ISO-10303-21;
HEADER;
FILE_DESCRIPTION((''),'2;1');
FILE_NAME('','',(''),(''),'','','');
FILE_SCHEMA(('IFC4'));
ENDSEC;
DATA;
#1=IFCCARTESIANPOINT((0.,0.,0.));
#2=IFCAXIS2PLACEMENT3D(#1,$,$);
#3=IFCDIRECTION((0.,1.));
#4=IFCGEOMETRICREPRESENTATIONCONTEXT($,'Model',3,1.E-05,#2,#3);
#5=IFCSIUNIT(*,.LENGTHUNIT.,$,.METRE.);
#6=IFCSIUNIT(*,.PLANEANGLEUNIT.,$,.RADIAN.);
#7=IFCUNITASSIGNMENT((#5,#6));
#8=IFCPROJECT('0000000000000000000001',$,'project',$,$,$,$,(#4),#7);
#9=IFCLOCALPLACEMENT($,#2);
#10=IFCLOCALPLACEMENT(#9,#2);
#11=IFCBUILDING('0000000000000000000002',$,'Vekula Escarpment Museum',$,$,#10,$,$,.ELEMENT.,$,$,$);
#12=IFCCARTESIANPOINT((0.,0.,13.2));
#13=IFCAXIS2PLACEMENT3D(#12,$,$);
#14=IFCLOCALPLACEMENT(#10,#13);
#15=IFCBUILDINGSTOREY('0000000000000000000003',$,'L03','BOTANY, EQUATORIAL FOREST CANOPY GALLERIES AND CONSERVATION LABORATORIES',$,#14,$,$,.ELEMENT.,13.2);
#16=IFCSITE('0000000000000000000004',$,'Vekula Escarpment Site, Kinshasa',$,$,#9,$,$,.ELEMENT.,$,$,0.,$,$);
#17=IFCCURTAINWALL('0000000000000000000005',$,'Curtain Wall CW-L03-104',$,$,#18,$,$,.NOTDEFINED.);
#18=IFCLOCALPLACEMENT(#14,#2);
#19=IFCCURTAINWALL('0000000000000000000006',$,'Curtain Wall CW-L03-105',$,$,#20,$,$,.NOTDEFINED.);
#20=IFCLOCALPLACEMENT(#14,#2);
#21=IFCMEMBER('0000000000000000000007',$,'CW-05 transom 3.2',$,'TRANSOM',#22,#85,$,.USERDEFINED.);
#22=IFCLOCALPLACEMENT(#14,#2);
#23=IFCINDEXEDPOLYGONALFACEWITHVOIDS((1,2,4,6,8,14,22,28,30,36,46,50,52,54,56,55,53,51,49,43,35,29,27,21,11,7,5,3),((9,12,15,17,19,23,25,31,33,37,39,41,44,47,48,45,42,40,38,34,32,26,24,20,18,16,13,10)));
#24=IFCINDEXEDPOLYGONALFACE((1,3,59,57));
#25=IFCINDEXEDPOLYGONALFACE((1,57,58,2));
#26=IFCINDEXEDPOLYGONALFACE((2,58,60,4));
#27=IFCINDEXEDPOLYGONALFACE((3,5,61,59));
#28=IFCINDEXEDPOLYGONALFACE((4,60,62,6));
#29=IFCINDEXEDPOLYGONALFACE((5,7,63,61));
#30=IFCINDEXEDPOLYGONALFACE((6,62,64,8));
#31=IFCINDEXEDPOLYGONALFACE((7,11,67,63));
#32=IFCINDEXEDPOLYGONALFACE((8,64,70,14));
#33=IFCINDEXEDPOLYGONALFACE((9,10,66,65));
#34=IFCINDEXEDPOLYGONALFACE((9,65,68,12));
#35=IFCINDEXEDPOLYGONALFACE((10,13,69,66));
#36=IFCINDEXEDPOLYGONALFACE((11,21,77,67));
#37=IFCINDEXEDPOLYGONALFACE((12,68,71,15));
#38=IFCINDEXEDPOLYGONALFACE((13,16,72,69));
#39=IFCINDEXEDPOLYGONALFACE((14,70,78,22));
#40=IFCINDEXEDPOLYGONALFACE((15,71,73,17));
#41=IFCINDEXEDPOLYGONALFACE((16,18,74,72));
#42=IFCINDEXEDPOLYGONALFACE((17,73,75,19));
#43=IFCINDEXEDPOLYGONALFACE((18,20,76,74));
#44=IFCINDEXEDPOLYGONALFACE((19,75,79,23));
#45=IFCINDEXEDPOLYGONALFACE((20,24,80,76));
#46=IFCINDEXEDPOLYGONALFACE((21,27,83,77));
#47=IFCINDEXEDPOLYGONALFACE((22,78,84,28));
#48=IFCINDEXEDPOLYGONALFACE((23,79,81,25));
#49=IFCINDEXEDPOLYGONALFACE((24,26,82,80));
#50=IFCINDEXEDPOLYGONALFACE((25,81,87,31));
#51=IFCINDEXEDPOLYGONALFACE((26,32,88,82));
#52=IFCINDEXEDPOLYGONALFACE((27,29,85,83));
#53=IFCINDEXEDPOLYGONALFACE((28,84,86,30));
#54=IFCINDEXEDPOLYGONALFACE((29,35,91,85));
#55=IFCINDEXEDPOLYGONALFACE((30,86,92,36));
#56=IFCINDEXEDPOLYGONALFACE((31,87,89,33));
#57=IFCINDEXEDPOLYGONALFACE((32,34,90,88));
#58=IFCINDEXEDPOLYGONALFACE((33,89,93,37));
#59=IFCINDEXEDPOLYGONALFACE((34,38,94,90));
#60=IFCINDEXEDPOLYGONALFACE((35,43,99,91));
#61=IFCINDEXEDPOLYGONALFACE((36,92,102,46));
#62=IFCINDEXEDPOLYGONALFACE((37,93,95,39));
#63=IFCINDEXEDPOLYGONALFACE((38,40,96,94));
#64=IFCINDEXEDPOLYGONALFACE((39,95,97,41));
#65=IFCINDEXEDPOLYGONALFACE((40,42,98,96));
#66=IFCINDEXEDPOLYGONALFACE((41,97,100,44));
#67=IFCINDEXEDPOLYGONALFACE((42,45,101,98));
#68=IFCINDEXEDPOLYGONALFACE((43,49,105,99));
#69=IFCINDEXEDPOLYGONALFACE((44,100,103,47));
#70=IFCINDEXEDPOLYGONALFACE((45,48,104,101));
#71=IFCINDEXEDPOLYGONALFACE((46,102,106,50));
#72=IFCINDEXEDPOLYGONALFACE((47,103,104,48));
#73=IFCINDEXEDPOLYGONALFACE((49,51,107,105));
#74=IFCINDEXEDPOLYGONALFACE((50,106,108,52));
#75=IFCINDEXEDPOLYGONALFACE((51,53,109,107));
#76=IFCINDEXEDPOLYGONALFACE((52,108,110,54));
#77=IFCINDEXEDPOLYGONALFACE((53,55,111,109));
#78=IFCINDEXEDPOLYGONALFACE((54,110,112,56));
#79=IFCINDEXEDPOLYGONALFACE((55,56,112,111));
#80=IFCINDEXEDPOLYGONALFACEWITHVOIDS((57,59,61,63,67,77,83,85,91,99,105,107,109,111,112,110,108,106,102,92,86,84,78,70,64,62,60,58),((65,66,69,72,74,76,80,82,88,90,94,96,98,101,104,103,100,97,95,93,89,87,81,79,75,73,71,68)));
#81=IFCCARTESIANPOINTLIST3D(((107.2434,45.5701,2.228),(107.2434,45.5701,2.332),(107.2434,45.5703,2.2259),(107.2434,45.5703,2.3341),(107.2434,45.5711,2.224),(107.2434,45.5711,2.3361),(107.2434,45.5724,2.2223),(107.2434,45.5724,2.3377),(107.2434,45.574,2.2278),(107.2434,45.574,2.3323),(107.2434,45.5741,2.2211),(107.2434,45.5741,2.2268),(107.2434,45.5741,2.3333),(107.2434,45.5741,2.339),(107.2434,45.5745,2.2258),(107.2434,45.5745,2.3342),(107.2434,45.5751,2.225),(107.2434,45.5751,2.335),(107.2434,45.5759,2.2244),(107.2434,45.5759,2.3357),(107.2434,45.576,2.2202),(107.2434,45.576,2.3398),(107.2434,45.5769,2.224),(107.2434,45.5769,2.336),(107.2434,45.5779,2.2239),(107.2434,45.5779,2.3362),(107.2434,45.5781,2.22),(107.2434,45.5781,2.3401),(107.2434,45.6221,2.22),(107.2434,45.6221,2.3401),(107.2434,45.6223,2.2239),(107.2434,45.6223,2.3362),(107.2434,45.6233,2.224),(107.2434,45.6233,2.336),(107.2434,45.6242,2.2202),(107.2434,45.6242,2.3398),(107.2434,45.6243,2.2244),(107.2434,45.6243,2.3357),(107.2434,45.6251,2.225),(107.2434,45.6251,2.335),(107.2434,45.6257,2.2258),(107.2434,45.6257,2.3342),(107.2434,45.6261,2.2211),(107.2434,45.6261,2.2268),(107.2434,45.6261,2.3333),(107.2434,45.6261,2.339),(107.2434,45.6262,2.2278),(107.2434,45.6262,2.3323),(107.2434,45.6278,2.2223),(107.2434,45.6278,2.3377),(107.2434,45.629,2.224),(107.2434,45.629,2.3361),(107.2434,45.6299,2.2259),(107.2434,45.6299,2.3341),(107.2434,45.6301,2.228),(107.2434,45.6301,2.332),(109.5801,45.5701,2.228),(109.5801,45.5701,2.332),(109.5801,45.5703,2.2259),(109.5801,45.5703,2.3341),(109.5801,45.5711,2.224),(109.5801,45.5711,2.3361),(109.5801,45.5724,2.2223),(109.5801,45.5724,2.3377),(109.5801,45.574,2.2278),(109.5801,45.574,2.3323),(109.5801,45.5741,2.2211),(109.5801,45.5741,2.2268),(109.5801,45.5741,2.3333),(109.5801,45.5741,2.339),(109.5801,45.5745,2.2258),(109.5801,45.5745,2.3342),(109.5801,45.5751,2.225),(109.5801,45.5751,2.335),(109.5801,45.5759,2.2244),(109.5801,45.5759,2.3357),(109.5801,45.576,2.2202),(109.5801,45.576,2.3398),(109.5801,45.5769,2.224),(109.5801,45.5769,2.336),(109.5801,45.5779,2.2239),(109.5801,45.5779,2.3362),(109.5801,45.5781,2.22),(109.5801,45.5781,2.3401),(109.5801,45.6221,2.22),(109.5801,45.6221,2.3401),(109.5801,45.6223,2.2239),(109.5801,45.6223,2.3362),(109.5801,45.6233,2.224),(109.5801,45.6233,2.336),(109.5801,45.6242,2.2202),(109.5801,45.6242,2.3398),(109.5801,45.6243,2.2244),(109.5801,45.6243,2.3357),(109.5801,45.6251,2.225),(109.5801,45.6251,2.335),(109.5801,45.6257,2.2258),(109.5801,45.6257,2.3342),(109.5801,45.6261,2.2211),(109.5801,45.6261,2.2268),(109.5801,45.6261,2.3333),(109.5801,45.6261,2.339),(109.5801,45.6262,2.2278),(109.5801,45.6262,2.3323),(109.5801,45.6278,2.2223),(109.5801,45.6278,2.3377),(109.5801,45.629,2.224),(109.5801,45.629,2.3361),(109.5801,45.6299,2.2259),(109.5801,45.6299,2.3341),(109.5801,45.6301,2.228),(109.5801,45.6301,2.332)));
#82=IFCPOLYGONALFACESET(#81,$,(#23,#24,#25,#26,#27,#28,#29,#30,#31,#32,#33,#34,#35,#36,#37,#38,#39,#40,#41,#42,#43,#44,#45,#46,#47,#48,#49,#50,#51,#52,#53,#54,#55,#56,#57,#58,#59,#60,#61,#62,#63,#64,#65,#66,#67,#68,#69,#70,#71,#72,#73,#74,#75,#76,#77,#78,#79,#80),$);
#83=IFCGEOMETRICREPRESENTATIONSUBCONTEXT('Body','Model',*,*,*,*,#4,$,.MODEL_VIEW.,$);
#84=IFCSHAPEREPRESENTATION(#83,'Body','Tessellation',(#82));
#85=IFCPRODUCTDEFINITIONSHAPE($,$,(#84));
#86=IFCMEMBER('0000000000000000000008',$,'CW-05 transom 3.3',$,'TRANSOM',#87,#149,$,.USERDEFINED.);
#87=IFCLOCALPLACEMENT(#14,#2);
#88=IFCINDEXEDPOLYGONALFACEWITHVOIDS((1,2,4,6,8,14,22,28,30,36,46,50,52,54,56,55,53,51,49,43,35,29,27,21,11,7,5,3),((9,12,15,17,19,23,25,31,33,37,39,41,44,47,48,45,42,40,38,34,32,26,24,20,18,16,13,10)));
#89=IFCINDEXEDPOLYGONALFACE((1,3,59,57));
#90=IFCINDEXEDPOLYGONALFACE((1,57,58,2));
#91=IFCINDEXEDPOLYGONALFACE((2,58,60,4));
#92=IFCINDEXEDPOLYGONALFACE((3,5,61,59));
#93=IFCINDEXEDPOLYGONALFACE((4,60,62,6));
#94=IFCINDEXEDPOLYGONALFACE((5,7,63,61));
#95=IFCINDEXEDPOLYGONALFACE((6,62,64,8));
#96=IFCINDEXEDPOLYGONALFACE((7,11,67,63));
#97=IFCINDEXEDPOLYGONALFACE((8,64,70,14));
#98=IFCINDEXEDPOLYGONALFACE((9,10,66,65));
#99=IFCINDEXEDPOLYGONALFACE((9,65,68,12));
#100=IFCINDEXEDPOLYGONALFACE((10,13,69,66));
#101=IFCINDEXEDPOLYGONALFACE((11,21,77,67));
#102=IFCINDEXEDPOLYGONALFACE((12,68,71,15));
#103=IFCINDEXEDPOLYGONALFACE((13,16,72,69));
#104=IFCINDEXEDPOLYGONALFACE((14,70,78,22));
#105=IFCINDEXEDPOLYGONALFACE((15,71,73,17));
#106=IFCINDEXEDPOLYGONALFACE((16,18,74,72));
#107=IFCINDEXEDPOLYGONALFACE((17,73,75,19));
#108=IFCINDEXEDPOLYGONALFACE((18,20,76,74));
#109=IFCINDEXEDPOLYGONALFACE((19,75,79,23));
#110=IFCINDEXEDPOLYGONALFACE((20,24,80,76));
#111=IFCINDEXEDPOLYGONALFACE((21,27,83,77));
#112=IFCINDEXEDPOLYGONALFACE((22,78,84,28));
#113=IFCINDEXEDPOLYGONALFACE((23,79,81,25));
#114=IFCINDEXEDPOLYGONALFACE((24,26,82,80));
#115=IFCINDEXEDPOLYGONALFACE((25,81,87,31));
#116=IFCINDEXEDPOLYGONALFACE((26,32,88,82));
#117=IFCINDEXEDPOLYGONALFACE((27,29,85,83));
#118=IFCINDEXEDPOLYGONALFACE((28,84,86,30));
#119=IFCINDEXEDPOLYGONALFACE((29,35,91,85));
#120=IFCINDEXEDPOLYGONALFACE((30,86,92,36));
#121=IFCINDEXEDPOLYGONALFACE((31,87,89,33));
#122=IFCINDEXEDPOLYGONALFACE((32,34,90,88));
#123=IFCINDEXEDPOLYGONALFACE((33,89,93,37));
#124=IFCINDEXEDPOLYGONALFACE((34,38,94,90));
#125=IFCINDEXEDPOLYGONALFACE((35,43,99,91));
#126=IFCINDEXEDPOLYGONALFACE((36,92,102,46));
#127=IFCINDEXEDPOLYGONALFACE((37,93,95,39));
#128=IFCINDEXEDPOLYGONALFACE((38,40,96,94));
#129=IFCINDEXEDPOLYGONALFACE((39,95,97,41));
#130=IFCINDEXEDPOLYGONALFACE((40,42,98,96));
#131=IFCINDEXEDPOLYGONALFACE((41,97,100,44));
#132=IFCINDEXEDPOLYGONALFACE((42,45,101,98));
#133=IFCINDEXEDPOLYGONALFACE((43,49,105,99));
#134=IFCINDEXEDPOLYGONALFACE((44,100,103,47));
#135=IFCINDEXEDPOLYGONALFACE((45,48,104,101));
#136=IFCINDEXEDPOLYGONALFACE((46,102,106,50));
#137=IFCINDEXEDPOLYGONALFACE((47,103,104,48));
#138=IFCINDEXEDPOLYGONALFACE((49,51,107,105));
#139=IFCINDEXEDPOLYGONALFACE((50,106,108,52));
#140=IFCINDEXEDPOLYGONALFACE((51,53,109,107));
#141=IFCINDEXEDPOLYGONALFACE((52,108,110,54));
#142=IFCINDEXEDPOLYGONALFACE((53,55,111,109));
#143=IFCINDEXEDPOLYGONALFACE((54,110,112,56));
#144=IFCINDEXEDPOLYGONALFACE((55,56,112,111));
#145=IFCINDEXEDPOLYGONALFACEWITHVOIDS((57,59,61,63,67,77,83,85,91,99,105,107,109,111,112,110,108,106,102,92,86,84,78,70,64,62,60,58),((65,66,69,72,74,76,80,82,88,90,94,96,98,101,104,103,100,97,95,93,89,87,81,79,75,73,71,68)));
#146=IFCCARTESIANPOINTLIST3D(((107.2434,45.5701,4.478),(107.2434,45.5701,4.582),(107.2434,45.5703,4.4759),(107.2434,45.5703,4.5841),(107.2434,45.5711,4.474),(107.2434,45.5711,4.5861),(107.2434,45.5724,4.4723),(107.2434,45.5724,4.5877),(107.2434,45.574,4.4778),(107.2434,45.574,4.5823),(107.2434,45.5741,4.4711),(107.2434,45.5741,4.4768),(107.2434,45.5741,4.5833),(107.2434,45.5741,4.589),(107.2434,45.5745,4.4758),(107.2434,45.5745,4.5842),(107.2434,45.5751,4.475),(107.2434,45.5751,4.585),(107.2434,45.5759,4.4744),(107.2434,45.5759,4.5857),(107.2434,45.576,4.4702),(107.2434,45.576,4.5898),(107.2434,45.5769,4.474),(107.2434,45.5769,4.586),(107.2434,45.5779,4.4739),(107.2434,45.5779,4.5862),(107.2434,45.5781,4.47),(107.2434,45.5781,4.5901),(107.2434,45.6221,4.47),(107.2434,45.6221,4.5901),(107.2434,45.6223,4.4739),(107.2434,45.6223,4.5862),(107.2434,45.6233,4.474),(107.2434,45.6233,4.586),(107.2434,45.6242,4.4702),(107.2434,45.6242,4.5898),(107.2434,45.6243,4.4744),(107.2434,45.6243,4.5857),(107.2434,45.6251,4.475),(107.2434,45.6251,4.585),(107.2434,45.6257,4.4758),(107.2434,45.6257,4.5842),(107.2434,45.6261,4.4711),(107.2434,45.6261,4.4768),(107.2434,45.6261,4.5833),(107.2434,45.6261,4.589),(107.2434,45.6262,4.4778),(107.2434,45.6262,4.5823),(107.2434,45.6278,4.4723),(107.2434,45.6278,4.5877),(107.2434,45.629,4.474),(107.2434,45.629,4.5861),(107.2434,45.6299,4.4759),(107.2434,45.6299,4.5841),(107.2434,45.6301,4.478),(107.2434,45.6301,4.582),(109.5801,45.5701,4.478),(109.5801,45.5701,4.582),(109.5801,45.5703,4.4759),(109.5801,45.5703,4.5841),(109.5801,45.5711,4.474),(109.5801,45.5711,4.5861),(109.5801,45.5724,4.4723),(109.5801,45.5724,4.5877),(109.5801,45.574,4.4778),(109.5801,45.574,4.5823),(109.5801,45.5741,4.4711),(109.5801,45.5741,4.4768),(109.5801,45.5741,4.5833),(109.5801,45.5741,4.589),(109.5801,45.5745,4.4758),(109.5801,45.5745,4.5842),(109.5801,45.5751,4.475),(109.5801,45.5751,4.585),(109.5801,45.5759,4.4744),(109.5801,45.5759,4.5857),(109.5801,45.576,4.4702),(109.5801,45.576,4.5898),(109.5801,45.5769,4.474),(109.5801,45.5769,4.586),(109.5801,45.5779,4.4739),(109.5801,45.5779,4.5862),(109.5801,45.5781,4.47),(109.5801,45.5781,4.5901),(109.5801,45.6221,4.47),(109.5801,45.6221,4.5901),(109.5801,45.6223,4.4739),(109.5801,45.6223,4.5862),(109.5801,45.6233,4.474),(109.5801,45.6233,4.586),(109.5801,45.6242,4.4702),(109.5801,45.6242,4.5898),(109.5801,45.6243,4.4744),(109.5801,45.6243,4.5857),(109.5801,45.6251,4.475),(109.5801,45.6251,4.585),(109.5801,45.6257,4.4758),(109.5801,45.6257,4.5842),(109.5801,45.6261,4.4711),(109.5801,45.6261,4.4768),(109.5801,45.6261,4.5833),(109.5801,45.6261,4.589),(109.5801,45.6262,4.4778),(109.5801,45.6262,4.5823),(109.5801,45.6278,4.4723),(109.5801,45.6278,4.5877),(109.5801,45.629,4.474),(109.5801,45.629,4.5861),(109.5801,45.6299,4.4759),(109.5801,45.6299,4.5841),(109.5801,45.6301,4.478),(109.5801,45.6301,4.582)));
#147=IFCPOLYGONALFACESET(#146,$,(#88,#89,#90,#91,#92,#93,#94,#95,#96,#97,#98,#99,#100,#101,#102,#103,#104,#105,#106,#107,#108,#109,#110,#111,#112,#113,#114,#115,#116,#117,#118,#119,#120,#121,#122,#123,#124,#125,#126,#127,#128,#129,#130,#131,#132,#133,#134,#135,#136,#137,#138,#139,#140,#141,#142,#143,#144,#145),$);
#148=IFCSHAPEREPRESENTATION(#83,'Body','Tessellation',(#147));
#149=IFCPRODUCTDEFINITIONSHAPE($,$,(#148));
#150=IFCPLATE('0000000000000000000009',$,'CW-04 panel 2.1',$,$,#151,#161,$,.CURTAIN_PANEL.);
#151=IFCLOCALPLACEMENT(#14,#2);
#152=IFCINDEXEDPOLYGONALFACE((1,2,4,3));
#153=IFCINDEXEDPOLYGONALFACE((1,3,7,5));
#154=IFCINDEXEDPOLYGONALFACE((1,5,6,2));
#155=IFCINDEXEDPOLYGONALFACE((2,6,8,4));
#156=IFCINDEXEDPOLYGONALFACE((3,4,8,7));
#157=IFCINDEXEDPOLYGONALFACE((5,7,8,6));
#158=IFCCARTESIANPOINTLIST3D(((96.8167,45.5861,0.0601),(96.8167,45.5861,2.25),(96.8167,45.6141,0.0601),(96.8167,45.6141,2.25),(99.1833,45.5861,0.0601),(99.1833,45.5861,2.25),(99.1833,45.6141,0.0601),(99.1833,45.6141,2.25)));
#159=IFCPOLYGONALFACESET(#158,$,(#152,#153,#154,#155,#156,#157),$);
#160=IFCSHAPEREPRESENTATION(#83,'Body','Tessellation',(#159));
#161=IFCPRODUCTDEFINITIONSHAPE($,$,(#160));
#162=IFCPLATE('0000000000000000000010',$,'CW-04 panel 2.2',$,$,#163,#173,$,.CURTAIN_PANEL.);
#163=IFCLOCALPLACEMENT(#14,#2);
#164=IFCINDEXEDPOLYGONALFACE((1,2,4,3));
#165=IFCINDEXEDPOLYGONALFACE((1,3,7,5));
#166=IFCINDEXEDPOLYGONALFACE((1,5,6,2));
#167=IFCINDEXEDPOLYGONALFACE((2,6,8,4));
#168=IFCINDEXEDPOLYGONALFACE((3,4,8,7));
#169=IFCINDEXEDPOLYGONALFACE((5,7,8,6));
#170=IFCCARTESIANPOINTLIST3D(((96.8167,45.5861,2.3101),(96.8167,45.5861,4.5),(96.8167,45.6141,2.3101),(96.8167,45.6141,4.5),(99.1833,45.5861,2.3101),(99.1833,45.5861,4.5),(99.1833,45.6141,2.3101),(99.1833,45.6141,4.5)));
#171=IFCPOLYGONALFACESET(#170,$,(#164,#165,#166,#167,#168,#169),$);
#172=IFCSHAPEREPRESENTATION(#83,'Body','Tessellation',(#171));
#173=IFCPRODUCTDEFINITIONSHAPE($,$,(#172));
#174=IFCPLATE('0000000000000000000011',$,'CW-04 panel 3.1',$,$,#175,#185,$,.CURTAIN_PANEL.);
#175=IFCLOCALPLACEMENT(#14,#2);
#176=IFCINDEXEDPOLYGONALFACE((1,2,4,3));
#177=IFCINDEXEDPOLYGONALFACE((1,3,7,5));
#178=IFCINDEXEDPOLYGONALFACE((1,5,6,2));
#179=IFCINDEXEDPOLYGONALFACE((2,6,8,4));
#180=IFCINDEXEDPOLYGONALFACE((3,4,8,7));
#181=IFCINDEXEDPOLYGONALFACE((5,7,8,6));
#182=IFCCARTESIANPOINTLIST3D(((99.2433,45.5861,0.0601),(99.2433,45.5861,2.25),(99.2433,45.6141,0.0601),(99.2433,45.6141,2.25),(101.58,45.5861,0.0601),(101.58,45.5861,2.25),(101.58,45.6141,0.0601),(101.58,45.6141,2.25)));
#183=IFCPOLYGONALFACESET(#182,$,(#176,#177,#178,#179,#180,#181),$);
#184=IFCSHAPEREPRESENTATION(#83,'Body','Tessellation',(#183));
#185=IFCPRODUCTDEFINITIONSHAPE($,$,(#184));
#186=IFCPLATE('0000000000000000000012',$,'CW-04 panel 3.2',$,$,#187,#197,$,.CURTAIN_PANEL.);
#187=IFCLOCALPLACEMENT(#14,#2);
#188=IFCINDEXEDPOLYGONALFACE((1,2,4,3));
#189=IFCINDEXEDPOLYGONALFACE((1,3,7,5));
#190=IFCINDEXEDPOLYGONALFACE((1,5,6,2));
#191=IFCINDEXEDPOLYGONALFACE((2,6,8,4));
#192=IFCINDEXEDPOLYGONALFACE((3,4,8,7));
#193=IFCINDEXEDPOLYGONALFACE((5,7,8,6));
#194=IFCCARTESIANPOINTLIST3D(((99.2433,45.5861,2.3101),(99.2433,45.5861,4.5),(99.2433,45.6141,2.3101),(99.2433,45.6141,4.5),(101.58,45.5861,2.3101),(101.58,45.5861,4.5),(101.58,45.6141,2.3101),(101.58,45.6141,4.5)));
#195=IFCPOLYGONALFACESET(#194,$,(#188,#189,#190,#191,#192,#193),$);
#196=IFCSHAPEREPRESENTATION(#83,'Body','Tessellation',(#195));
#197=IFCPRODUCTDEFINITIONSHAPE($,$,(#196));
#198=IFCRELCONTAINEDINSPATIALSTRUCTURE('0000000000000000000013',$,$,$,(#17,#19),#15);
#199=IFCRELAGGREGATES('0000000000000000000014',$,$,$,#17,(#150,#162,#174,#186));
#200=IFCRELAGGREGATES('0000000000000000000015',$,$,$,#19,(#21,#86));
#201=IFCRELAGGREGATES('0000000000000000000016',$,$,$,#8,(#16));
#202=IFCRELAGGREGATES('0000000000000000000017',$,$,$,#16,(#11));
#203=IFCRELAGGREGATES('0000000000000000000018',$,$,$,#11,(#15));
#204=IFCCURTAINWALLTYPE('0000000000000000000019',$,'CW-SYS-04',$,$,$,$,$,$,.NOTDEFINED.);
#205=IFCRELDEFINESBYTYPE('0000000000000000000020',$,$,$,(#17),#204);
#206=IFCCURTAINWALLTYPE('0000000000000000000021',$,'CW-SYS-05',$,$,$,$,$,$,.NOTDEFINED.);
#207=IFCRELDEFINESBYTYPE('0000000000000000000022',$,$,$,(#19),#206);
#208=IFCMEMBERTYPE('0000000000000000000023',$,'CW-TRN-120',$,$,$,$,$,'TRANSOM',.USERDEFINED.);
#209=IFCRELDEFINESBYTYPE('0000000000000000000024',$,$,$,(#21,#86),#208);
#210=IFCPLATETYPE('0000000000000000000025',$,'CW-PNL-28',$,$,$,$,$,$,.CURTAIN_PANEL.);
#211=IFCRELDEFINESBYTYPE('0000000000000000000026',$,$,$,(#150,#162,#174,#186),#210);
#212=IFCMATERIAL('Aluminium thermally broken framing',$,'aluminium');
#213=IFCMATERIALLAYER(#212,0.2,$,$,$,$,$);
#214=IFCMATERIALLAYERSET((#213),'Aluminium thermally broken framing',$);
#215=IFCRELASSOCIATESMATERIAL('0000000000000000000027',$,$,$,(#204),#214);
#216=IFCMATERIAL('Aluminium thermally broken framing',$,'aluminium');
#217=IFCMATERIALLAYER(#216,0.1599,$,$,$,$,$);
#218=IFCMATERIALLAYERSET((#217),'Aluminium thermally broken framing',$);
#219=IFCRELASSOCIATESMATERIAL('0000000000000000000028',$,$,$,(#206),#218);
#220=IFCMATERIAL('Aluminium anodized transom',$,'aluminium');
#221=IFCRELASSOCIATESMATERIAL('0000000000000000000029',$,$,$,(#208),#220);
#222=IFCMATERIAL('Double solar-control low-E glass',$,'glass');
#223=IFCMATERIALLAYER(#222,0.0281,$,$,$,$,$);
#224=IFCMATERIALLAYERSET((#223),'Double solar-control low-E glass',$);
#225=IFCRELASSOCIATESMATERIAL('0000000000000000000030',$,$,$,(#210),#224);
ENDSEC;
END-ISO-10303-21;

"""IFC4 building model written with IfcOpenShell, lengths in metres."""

from ifc_helpers import new_model, si_unit, direction, frame, origin, origin_2d, place, context, subcontext, project, spatial, rectangle, hollow_rectangle, extrude, material, layer, layer_set, material_profile, profile_set, type_object, element, aggregate, save


model = new_model("IFC4")

# Units and contexts
model_context = context("Model", 3, precision=1e-05, world=origin(), true_north=direction((0.0, 1.0)))
body_context = subcontext(model_context, "Body", "Model", "MODEL_VIEW")
ifc_project = project(units=[si_unit("LENGTHUNIT", "METRE"), si_unit("PLANEANGLEUNIT", "RADIAN")], contexts=[model_context])

# Site, building, storey
site_placement = place(None, origin())
site = spatial("IfcSite", under=ifc_project, at=site_placement, Name="Vekula Escarpment Site, Kinshasa", CompositionType="ELEMENT", RefElevation=0.0)
building_placement = place(site_placement, origin())
building = spatial("IfcBuilding", under=site, at=building_placement, Name="Vekula Escarpment Museum", CompositionType="ELEMENT")
storey_placement = place(building_placement, frame((0.0, 0.0, 13.2)))
storey = spatial("IfcBuildingStorey", under=building, at=storey_placement, Name="L03", Description="BOTANY, EQUATORIAL FOREST CANOPY GALLERIES AND CONSERVATION LABORATORIES", CompositionType="ELEMENT", Elevation=13.2)

# Curtain walls
ifc_material_1 = material(Name="Aluminium thermally broken framing", Category="aluminium")
ifc_layer_1 = layer(ifc_material_1, 0.2)
ifc_layer_set_1 = layer_set([ifc_layer_1], Name="Aluminium thermally broken framing")
curtain_wall_type_1 = type_object("IfcCurtainWallType", Name="CW-SYS-04", PredefinedType="NOTDEFINED", material=ifc_layer_set_1)
curtain_wall_1_placement = place(storey_placement, origin())
curtain_wall_1 = element("IfcCurtainWall", 1, at=curtain_wall_1_placement, inside=storey, type_object=curtain_wall_type_1, Name="Curtain Wall CW-L03-104", PredefinedType="NOTDEFINED")
ifc_material_2 = material(Name="Aluminium thermally broken framing", Category="aluminium")
ifc_layer_2 = layer(ifc_material_2, 0.1599)
ifc_layer_set_2 = layer_set([ifc_layer_2], Name="Aluminium thermally broken framing")
curtain_wall_type_2 = type_object("IfcCurtainWallType", Name="CW-SYS-05", PredefinedType="NOTDEFINED", material=ifc_layer_set_2)
curtain_wall_2_placement = place(storey_placement, origin())
curtain_wall_2 = element("IfcCurtainWall", 2, at=curtain_wall_2_placement, inside=storey, type_object=curtain_wall_type_2, Name="Curtain Wall CW-L03-105", PredefinedType="NOTDEFINED")

# Members
ifc_material_3 = material(Name="Aluminium anodized transom", Category="aluminium")
ifc_material_profile_1 = material_profile(ifc_material_3, hollow_rectangle(XDim=0.0601, YDim=0.1201, WallThickness=0.0039, InnerFilletRadius=0.0039, OuterFilletRadius=0.0081, at=origin_2d()), Name="ALU 120x60x4")
ifc_profile_set_1 = profile_set([ifc_material_profile_1], Name="Aluminium anodized transom")
member_type_1 = type_object("IfcMemberType", Name="CW-TRN-120", ElementType="TRANSOM", PredefinedType="USERDEFINED", material=ifc_profile_set_1)
member_1_placement = place(storey_placement, frame((107.2434, 45.6001, 2.28), z_axis=(1.0, 0.0, 0.0), x_axis=(0.0, 1.0, 0.0)))
member_1 = element("IfcMember", 3, at=member_1_placement, type_object=member_type_1, Name="CW-05 transom 3.2", ObjectType="TRANSOM", PredefinedType="USERDEFINED", context=body_context, shape_type="SweptSolid", body=[
    extrude(hollow_rectangle(XDim=0.0601, YDim=0.1201, WallThickness=0.0039, InnerFilletRadius=0.0039, OuterFilletRadius=0.0081, at=origin_2d()), origin(), (0.0, 0.0, 1.0), 2.3367),
])
member_2_placement = place(storey_placement, frame((107.2434, 45.6001, 4.53), z_axis=(1.0, 0.0, 0.0), x_axis=(0.0, 1.0, 0.0)))
member_2 = element("IfcMember", 4, at=member_2_placement, type_object=member_type_1, Name="CW-05 transom 3.3", ObjectType="TRANSOM", PredefinedType="USERDEFINED", context=body_context, shape_type="SweptSolid", body=[
    extrude(hollow_rectangle(XDim=0.0601, YDim=0.1201, WallThickness=0.0039, InnerFilletRadius=0.0039, OuterFilletRadius=0.0081, at=origin_2d()), origin(), (0.0, 0.0, 1.0), 2.3367),
])

# Plates
ifc_material_4 = material(Name="Double solar-control low-E glass", Category="glass")
ifc_layer_3 = layer(ifc_material_4, 0.0281)
ifc_layer_set_3 = layer_set([ifc_layer_3], Name="Double solar-control low-E glass")
plate_type_1 = type_object("IfcPlateType", Name="CW-PNL-28", PredefinedType="CURTAIN_PANEL", material=ifc_layer_set_3)
plate_1_placement = place(storey_placement, frame((98.0, 45.6001, 0.0601), z_axis=(0.0, 0.0, 1.0), x_axis=(1.0, 0.0, 0.0)))
plate_1 = element("IfcPlate", 5, at=plate_1_placement, type_object=plate_type_1, Name="CW-04 panel 2.1", PredefinedType="CURTAIN_PANEL", context=body_context, shape_type="SweptSolid", body=[
    extrude(rectangle(XDim=2.3667, YDim=0.0281, at=origin_2d()), origin(), (0.0, 0.0, 1.0), 2.1899),
])
plate_2_placement = place(storey_placement, frame((98.0, 45.6001, 2.3101), z_axis=(0.0, 0.0, 1.0), x_axis=(1.0, 0.0, 0.0)))
plate_2 = element("IfcPlate", 6, at=plate_2_placement, type_object=plate_type_1, Name="CW-04 panel 2.2", PredefinedType="CURTAIN_PANEL", context=body_context, shape_type="SweptSolid", body=[
    extrude(rectangle(XDim=2.3667, YDim=0.0281, at=origin_2d()), origin(), (0.0, 0.0, 1.0), 2.1899),
])
plate_3_placement = place(storey_placement, frame((100.4116, 45.6001, 0.0601), z_axis=(0.0, 0.0, 1.0), x_axis=(1.0, 0.0, 0.0)))
plate_3 = element("IfcPlate", 7, at=plate_3_placement, type_object=plate_type_1, Name="CW-04 panel 3.1", PredefinedType="CURTAIN_PANEL", context=body_context, shape_type="SweptSolid", body=[
    extrude(rectangle(XDim=2.3367, YDim=0.0281, at=origin_2d()), origin(), (0.0, 0.0, 1.0), 2.1899),
])
plate_4_placement = place(storey_placement, frame((100.4116, 45.6001, 2.3101), z_axis=(0.0, 0.0, 1.0), x_axis=(1.0, 0.0, 0.0)))
plate_4 = element("IfcPlate", 8, at=plate_4_placement, type_object=plate_type_1, Name="CW-04 panel 3.2", PredefinedType="CURTAIN_PANEL", context=body_context, shape_type="SweptSolid", body=[
    extrude(rectangle(XDim=2.3367, YDim=0.0281, at=origin_2d()), origin(), (0.0, 0.0, 1.0), 2.1899),
])
aggregate(curtain_wall_1, [plate_1, plate_2, plate_3, plate_4])
aggregate(curtain_wall_2, [member_1, member_2])

save(model, "model.ifc")
